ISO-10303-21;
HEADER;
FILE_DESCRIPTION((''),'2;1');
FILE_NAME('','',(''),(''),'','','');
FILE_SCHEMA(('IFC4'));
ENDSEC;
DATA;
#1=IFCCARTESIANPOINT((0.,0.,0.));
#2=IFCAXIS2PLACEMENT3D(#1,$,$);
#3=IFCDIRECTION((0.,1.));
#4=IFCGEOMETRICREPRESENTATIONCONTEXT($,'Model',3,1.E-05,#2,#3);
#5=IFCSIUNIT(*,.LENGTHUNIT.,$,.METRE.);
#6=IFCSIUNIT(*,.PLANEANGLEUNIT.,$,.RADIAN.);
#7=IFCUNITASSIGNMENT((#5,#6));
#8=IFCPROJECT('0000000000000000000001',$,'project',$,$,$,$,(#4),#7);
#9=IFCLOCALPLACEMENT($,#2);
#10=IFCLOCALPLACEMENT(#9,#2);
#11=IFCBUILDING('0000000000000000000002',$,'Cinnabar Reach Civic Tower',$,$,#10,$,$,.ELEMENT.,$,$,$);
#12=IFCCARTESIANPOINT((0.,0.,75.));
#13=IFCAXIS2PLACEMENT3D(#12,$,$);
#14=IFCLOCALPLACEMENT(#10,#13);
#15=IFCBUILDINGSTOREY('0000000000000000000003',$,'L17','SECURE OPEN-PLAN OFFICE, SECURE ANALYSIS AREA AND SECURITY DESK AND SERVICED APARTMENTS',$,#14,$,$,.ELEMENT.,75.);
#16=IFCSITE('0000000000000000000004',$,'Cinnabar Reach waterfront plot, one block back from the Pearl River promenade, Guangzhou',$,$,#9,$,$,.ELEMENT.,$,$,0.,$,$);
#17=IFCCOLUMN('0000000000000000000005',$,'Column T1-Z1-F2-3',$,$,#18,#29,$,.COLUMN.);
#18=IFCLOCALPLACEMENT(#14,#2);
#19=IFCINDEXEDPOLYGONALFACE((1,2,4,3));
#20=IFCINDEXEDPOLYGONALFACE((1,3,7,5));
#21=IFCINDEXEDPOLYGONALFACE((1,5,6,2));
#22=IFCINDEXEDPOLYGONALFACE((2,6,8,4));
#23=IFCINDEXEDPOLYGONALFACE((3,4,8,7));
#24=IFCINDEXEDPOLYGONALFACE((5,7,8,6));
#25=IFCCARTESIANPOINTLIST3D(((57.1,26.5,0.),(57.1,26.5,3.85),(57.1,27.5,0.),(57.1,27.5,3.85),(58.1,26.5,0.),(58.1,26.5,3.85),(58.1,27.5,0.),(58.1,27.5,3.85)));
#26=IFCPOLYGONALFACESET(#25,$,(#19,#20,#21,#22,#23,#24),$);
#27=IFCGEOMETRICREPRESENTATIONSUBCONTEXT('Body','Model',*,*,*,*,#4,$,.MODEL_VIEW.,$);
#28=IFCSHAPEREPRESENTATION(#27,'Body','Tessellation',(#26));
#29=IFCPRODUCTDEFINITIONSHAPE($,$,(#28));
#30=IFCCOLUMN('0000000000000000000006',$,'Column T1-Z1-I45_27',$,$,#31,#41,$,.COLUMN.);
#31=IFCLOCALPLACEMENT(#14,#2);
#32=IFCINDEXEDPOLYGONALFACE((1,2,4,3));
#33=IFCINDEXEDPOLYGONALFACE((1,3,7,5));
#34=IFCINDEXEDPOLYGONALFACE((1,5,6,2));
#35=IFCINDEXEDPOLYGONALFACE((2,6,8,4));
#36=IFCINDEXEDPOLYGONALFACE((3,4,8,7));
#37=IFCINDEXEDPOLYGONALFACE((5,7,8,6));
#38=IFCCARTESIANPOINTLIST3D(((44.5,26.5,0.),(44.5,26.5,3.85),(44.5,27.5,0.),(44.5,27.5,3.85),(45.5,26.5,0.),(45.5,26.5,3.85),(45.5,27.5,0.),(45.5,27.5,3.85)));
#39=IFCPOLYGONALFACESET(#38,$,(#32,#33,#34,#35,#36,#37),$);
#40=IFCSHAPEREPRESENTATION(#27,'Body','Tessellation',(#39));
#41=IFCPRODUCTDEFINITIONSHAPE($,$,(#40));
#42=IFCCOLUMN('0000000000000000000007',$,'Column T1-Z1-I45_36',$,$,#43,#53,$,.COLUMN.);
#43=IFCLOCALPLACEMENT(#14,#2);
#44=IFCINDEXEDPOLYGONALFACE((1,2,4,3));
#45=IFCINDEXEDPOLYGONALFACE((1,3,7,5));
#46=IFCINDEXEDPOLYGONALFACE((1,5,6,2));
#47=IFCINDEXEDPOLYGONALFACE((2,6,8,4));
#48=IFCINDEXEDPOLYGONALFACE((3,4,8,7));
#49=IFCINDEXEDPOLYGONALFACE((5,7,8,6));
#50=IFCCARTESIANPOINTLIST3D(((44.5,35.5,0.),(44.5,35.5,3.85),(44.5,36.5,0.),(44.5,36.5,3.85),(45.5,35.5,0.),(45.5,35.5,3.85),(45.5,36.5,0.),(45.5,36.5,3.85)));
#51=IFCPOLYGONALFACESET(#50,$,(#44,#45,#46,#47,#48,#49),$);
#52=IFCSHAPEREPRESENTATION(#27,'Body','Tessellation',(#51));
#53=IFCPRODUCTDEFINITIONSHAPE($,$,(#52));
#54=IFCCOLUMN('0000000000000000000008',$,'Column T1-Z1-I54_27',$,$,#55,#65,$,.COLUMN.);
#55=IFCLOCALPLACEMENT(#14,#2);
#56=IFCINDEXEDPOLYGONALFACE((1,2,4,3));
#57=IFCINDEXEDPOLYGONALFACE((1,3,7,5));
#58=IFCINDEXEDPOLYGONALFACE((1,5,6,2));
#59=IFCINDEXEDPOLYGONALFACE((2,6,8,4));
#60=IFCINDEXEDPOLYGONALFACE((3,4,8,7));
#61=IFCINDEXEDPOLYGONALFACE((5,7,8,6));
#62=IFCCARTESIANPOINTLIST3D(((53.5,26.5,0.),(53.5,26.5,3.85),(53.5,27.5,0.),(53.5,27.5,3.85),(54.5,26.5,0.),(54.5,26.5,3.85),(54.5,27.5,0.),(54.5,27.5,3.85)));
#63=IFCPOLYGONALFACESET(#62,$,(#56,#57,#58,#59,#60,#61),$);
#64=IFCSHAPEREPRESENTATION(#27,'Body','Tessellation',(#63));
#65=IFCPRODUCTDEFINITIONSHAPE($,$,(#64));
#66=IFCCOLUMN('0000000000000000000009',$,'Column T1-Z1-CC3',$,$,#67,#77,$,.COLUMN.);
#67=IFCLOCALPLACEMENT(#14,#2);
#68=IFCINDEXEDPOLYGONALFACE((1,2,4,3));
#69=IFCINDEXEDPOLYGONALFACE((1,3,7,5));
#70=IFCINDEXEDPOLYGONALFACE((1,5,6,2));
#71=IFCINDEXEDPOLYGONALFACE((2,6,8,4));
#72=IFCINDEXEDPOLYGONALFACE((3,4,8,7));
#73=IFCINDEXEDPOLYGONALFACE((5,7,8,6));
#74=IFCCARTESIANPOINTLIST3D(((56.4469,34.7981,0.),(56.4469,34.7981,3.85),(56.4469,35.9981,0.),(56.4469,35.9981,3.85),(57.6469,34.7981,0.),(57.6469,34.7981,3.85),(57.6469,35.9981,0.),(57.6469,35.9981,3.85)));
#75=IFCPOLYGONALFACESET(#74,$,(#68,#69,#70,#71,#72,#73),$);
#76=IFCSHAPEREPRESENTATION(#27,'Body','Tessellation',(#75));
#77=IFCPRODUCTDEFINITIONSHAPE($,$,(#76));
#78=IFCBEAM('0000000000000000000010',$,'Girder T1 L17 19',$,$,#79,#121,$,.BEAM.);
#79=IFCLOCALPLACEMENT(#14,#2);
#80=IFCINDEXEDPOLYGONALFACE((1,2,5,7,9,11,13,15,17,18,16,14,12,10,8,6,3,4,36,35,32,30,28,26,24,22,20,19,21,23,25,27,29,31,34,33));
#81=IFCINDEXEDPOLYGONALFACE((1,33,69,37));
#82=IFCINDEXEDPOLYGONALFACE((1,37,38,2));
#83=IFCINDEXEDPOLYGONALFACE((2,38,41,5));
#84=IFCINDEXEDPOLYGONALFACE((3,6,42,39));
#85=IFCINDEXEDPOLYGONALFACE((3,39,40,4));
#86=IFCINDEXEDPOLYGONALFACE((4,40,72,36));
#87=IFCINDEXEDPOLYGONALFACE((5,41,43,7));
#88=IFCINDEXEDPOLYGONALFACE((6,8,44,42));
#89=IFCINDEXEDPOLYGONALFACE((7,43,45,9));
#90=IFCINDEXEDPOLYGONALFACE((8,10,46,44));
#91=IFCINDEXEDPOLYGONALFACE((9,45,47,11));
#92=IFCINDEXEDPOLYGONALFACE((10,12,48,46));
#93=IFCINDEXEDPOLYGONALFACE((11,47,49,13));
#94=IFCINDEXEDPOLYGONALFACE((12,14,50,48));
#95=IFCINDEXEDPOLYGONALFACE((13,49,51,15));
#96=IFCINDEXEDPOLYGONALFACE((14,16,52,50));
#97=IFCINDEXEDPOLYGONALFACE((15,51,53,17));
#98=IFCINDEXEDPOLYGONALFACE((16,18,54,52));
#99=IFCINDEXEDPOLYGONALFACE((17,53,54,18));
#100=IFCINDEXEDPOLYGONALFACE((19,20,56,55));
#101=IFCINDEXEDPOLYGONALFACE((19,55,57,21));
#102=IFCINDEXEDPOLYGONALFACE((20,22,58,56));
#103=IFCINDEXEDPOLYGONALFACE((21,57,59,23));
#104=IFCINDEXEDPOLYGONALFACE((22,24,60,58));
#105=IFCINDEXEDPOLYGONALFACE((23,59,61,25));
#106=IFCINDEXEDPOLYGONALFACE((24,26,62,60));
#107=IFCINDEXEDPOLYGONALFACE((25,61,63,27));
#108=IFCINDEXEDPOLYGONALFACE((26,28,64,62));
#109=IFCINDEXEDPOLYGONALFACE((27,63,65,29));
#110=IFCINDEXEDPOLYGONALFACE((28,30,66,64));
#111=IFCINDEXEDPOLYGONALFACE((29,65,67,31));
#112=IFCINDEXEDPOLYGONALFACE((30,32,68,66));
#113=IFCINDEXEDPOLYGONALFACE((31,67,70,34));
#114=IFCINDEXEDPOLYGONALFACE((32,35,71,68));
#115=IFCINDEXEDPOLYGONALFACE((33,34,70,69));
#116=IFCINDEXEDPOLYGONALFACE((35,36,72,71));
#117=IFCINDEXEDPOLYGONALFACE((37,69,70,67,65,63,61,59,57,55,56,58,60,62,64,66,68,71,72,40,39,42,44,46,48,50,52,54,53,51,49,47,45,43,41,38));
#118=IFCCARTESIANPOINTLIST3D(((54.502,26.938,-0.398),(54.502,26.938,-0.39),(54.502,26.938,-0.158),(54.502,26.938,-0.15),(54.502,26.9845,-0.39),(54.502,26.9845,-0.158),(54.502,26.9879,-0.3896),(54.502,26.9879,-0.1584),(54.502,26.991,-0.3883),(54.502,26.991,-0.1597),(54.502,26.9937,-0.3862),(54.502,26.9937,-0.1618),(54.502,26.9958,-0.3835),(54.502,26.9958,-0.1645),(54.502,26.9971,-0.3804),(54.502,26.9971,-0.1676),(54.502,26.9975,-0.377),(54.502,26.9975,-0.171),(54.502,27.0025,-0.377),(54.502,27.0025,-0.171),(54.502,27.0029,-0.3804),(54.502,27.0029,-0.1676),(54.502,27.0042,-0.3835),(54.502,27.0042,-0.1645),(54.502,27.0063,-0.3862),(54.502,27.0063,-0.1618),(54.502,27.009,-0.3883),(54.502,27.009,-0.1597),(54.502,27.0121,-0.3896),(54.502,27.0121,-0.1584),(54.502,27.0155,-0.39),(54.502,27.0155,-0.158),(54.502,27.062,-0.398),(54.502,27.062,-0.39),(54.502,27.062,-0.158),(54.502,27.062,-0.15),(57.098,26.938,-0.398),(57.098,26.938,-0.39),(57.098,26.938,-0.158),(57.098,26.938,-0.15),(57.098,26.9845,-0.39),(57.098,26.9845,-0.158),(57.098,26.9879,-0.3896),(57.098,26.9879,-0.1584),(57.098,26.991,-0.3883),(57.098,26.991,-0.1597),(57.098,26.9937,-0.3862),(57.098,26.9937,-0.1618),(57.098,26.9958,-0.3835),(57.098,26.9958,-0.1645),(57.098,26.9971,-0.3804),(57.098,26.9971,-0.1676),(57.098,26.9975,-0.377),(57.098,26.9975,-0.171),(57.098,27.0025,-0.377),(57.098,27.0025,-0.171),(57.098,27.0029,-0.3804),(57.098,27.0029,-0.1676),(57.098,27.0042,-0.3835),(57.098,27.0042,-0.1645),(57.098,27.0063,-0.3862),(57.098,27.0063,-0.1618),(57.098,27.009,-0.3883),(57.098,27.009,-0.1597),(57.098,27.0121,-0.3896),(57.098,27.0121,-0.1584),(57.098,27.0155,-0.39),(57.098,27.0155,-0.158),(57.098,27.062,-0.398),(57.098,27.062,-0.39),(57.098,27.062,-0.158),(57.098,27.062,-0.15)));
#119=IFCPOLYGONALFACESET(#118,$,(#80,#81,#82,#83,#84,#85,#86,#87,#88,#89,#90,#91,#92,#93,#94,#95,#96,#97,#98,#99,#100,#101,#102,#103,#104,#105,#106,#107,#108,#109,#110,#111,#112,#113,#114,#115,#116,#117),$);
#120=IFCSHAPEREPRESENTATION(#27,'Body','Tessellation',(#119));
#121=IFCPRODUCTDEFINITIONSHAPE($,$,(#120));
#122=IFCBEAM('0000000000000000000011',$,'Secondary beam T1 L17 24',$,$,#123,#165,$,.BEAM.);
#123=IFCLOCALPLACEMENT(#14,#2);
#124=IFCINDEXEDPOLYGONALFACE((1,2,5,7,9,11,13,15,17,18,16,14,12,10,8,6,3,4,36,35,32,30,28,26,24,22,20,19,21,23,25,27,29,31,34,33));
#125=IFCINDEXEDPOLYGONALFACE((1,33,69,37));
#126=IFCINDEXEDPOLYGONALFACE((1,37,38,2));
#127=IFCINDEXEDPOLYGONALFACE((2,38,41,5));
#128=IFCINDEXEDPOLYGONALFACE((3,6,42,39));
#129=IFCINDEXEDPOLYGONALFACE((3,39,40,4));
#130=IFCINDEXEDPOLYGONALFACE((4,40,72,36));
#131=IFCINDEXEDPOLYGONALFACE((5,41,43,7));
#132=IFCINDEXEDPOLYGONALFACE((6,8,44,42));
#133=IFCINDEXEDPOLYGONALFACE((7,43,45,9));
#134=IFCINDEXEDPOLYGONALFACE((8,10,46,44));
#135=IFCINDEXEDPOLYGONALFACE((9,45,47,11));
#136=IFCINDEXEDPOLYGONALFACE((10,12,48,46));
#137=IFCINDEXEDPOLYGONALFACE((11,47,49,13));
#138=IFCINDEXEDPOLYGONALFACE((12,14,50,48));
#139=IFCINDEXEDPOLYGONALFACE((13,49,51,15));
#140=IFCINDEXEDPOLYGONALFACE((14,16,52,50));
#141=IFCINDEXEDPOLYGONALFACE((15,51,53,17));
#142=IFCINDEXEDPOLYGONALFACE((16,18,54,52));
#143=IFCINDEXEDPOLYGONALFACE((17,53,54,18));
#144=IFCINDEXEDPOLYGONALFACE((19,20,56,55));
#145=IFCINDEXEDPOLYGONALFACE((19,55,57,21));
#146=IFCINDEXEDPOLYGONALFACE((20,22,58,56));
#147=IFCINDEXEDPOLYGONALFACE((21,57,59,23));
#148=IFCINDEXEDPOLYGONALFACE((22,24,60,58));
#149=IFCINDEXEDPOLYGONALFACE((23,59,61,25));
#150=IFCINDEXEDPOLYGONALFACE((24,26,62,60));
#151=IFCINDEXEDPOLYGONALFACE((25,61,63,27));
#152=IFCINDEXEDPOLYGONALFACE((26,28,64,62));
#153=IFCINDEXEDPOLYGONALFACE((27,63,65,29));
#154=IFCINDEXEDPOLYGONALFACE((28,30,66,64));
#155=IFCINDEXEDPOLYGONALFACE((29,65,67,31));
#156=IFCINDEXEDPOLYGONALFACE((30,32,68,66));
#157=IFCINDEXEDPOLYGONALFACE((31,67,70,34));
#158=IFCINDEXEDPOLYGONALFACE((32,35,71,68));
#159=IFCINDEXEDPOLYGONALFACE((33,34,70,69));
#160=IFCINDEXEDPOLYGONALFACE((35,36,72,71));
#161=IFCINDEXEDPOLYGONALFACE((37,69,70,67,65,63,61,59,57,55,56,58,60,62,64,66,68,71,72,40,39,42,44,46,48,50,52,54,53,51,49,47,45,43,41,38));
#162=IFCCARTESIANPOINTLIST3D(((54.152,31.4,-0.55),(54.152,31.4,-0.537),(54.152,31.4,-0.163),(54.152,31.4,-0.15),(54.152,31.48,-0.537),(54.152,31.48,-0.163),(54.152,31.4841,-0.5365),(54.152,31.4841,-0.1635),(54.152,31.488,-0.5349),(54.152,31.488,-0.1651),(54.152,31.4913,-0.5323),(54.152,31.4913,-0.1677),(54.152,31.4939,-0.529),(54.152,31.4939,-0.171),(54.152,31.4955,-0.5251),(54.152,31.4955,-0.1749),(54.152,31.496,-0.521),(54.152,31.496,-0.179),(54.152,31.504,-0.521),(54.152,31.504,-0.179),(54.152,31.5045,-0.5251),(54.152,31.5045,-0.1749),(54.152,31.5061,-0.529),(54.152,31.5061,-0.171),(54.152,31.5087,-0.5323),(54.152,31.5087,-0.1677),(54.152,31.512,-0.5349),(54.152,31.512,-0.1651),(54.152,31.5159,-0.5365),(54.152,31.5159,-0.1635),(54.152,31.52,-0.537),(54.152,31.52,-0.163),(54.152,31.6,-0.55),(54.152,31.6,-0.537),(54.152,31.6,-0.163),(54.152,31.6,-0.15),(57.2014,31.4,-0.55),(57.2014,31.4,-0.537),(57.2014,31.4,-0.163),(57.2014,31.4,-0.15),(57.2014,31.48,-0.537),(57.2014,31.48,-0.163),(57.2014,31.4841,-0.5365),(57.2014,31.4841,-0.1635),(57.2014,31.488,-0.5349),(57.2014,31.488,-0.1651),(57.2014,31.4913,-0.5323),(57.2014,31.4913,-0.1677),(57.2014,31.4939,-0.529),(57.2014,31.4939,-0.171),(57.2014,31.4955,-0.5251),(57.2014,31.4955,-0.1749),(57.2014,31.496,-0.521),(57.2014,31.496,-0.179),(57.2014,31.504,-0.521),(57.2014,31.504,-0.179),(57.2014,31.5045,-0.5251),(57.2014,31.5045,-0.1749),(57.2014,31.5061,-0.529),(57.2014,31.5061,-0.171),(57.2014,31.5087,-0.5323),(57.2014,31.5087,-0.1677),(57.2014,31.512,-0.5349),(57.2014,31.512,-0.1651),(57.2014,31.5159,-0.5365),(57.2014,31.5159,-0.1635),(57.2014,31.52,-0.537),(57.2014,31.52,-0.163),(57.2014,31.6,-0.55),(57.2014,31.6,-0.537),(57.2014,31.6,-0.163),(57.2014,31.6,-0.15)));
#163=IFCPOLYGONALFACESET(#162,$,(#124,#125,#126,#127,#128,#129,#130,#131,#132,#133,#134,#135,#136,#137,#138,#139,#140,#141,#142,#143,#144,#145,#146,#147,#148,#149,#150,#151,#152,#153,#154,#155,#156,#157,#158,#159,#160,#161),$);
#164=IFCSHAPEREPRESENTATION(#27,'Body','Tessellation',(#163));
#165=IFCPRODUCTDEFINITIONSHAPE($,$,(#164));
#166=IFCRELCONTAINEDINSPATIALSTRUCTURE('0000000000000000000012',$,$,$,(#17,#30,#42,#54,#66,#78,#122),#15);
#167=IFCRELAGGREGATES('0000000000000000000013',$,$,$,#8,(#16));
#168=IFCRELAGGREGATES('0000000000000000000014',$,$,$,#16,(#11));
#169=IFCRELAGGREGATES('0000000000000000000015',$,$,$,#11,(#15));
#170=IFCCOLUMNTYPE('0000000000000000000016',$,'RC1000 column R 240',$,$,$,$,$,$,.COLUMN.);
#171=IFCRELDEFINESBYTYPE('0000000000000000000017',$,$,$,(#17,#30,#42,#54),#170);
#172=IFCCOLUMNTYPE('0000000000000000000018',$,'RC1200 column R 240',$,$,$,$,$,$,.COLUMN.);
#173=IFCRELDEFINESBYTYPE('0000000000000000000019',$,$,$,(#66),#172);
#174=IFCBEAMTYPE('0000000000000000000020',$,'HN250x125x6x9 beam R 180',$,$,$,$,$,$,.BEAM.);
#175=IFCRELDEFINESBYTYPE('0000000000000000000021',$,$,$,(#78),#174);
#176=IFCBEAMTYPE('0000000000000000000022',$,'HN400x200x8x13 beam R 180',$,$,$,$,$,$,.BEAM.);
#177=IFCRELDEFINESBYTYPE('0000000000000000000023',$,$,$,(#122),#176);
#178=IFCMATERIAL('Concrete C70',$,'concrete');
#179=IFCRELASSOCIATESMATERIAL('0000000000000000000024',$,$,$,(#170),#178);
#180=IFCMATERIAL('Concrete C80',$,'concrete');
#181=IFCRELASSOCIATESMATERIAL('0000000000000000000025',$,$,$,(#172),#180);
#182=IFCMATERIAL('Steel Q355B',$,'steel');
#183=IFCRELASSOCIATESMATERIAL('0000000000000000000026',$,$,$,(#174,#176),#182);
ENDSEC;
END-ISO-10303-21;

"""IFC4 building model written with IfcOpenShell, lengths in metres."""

from ifc_helpers import new_model, si_unit, direction, frame, origin, origin_2d, place, context, subcontext, project, spatial, rectangle, i_section, extrude, material, material_profile, profile_set, type_object, element, save


model = new_model("IFC4")

# Units and contexts
model_context = context("Model", 3, precision=1e-05, world=origin(), true_north=direction((0.0, 1.0)))
body_context = subcontext(model_context, "Body", "Model", "MODEL_VIEW")
ifc_project = project(units=[si_unit("LENGTHUNIT", "METRE"), si_unit("PLANEANGLEUNIT", "RADIAN")], contexts=[model_context])

# Site, building, storey
site_placement = place(None, origin())
site = spatial("IfcSite", under=ifc_project, at=site_placement, Name="Cinnabar Reach waterfront plot, one block back from the Pearl River promenade, Guangzhou", CompositionType="ELEMENT", RefElevation=0.0)
building_placement = place(site_placement, origin())
building = spatial("IfcBuilding", under=site, at=building_placement, Name="Cinnabar Reach Civic Tower", CompositionType="ELEMENT")
storey_placement = place(building_placement, frame((0.0, 0.0, 75.0)))
storey = spatial("IfcBuildingStorey", under=building, at=storey_placement, Name="L17", Description="SECURE OPEN-PLAN OFFICE, SECURE ANALYSIS AREA AND SECURITY DESK AND SERVICED APARTMENTS", CompositionType="ELEMENT", Elevation=75.0)

# Columns
ifc_material_1 = material(Name="Concrete C70", Category="concrete")
ifc_material_profile_1 = material_profile(ifc_material_1, rectangle(XDim=1.0, YDim=1.0, at=origin_2d()), Name="RC1000")
ifc_profile_set_1 = profile_set([ifc_material_profile_1], Name="Concrete C70")
column_type_1 = type_object("IfcColumnType", Name="RC1000 column R 240", PredefinedType="COLUMN", material=ifc_profile_set_1)
for number, where, z_axis, x_axis, name in (
    (1, (57.6, 27.0, 0.0), (0.0, 0.0, 1.0), (1.0, 0.0, 0.0), "Column T1-Z1-F2-3"),
    (2, (45.0, 27.0, 0.0), (0.0, 0.0, 1.0), (1.0, 0.0, 0.0), "Column T1-Z1-I45_27"),
    (3, (45.0, 36.0, 0.0), (0.0, 0.0, 1.0), (1.0, 0.0, 0.0), "Column T1-Z1-I45_36"),
    (4, (54.0, 27.0, 0.0), (0.0, 0.0, 1.0), (1.0, 0.0, 0.0), "Column T1-Z1-I54_27"),
):
    element("IfcColumn", number, at=place(storey_placement, frame(where, z_axis=z_axis, x_axis=x_axis)), inside=storey, type_object=column_type_1, Name=name, PredefinedType="COLUMN", context=body_context, shape_type="SweptSolid", body=[
        extrude(rectangle(XDim=1.0, YDim=1.0, at=origin_2d()), origin(), (0.0, 0.0, 1.0), 3.85),
    ])
ifc_material_2 = material(Name="Concrete C80", Category="concrete")
ifc_material_profile_2 = material_profile(ifc_material_2, rectangle(XDim=1.2, YDim=1.2, at=origin_2d()), Name="RC1200")
ifc_profile_set_2 = profile_set([ifc_material_profile_2], Name="Concrete C80")
column_type_2 = type_object("IfcColumnType", Name="RC1200 column R 240", PredefinedType="COLUMN", material=ifc_profile_set_2)
column_placement = place(storey_placement, frame((57.0469, 35.3981, 0.0), z_axis=(0.0, 0.0, 1.0), x_axis=(1.0, 0.0, 0.0)))
element("IfcColumn", 5, at=column_placement, inside=storey, type_object=column_type_2, Name="Column T1-Z1-CC3", PredefinedType="COLUMN", context=body_context, shape_type="SweptSolid", body=[
    extrude(rectangle(XDim=1.2, YDim=1.2, at=origin_2d()), origin(), (0.0, 0.0, 1.0), 3.85),
])

# Beams
ifc_material_3 = material(Name="Steel Q355B", Category="steel")
ifc_material_profile_3 = material_profile(ifc_material_3, i_section(OverallWidth=0.124, OverallDepth=0.248, WebThickness=0.005, FlangeThickness=0.008, FilletRadius=0.013, at=origin_2d()), Name="HN250x125x6x9")
ifc_profile_set_3 = profile_set([ifc_material_profile_3], Name="Steel Q355B")
beam_type_1 = type_object("IfcBeamType", Name="HN250x125x6x9 beam R 180", PredefinedType="BEAM", material=ifc_profile_set_3)
beam_1_placement = place(storey_placement, frame((54.502, 27.0, -0.274), z_axis=(1.0, 0.0, 0.0), x_axis=(0.0, 1.0, 0.0)))
element("IfcBeam", 6, at=beam_1_placement, inside=storey, type_object=beam_type_1, Name="Girder T1 L17 19", PredefinedType="BEAM", context=body_context, shape_type="SweptSolid", body=[
    extrude(i_section(OverallWidth=0.124, OverallDepth=0.248, WebThickness=0.005, FlangeThickness=0.008, FilletRadius=0.013, at=origin_2d()), origin(), (0.0, 0.0, 1.0), 2.596),
])
ifc_material_profile_4 = material_profile(ifc_material_3, i_section(OverallWidth=0.2, OverallDepth=0.4, WebThickness=0.008, FlangeThickness=0.013, FilletRadius=0.016, at=origin_2d()), Name="HN400x200x8x13")
ifc_profile_set_4 = profile_set([ifc_material_profile_4], Name="Steel Q355B")
beam_type_2 = type_object("IfcBeamType", Name="HN400x200x8x13 beam R 180", PredefinedType="BEAM", material=ifc_profile_set_4)
beam_2_placement = place(storey_placement, frame((54.152, 31.5, -0.35), z_axis=(1.0, 0.0, 0.0), x_axis=(0.0, 1.0, 0.0)))
element("IfcBeam", 7, at=beam_2_placement, inside=storey, type_object=beam_type_2, Name="Secondary beam T1 L17 24", PredefinedType="BEAM", context=body_context, shape_type="SweptSolid", body=[
    extrude(i_section(OverallWidth=0.2, OverallDepth=0.4, WebThickness=0.008, FlangeThickness=0.013, FilletRadius=0.016, at=origin_2d()), origin(), (0.0, 0.0, 1.0), 3.0494),
])

save(model, "model.ifc")
